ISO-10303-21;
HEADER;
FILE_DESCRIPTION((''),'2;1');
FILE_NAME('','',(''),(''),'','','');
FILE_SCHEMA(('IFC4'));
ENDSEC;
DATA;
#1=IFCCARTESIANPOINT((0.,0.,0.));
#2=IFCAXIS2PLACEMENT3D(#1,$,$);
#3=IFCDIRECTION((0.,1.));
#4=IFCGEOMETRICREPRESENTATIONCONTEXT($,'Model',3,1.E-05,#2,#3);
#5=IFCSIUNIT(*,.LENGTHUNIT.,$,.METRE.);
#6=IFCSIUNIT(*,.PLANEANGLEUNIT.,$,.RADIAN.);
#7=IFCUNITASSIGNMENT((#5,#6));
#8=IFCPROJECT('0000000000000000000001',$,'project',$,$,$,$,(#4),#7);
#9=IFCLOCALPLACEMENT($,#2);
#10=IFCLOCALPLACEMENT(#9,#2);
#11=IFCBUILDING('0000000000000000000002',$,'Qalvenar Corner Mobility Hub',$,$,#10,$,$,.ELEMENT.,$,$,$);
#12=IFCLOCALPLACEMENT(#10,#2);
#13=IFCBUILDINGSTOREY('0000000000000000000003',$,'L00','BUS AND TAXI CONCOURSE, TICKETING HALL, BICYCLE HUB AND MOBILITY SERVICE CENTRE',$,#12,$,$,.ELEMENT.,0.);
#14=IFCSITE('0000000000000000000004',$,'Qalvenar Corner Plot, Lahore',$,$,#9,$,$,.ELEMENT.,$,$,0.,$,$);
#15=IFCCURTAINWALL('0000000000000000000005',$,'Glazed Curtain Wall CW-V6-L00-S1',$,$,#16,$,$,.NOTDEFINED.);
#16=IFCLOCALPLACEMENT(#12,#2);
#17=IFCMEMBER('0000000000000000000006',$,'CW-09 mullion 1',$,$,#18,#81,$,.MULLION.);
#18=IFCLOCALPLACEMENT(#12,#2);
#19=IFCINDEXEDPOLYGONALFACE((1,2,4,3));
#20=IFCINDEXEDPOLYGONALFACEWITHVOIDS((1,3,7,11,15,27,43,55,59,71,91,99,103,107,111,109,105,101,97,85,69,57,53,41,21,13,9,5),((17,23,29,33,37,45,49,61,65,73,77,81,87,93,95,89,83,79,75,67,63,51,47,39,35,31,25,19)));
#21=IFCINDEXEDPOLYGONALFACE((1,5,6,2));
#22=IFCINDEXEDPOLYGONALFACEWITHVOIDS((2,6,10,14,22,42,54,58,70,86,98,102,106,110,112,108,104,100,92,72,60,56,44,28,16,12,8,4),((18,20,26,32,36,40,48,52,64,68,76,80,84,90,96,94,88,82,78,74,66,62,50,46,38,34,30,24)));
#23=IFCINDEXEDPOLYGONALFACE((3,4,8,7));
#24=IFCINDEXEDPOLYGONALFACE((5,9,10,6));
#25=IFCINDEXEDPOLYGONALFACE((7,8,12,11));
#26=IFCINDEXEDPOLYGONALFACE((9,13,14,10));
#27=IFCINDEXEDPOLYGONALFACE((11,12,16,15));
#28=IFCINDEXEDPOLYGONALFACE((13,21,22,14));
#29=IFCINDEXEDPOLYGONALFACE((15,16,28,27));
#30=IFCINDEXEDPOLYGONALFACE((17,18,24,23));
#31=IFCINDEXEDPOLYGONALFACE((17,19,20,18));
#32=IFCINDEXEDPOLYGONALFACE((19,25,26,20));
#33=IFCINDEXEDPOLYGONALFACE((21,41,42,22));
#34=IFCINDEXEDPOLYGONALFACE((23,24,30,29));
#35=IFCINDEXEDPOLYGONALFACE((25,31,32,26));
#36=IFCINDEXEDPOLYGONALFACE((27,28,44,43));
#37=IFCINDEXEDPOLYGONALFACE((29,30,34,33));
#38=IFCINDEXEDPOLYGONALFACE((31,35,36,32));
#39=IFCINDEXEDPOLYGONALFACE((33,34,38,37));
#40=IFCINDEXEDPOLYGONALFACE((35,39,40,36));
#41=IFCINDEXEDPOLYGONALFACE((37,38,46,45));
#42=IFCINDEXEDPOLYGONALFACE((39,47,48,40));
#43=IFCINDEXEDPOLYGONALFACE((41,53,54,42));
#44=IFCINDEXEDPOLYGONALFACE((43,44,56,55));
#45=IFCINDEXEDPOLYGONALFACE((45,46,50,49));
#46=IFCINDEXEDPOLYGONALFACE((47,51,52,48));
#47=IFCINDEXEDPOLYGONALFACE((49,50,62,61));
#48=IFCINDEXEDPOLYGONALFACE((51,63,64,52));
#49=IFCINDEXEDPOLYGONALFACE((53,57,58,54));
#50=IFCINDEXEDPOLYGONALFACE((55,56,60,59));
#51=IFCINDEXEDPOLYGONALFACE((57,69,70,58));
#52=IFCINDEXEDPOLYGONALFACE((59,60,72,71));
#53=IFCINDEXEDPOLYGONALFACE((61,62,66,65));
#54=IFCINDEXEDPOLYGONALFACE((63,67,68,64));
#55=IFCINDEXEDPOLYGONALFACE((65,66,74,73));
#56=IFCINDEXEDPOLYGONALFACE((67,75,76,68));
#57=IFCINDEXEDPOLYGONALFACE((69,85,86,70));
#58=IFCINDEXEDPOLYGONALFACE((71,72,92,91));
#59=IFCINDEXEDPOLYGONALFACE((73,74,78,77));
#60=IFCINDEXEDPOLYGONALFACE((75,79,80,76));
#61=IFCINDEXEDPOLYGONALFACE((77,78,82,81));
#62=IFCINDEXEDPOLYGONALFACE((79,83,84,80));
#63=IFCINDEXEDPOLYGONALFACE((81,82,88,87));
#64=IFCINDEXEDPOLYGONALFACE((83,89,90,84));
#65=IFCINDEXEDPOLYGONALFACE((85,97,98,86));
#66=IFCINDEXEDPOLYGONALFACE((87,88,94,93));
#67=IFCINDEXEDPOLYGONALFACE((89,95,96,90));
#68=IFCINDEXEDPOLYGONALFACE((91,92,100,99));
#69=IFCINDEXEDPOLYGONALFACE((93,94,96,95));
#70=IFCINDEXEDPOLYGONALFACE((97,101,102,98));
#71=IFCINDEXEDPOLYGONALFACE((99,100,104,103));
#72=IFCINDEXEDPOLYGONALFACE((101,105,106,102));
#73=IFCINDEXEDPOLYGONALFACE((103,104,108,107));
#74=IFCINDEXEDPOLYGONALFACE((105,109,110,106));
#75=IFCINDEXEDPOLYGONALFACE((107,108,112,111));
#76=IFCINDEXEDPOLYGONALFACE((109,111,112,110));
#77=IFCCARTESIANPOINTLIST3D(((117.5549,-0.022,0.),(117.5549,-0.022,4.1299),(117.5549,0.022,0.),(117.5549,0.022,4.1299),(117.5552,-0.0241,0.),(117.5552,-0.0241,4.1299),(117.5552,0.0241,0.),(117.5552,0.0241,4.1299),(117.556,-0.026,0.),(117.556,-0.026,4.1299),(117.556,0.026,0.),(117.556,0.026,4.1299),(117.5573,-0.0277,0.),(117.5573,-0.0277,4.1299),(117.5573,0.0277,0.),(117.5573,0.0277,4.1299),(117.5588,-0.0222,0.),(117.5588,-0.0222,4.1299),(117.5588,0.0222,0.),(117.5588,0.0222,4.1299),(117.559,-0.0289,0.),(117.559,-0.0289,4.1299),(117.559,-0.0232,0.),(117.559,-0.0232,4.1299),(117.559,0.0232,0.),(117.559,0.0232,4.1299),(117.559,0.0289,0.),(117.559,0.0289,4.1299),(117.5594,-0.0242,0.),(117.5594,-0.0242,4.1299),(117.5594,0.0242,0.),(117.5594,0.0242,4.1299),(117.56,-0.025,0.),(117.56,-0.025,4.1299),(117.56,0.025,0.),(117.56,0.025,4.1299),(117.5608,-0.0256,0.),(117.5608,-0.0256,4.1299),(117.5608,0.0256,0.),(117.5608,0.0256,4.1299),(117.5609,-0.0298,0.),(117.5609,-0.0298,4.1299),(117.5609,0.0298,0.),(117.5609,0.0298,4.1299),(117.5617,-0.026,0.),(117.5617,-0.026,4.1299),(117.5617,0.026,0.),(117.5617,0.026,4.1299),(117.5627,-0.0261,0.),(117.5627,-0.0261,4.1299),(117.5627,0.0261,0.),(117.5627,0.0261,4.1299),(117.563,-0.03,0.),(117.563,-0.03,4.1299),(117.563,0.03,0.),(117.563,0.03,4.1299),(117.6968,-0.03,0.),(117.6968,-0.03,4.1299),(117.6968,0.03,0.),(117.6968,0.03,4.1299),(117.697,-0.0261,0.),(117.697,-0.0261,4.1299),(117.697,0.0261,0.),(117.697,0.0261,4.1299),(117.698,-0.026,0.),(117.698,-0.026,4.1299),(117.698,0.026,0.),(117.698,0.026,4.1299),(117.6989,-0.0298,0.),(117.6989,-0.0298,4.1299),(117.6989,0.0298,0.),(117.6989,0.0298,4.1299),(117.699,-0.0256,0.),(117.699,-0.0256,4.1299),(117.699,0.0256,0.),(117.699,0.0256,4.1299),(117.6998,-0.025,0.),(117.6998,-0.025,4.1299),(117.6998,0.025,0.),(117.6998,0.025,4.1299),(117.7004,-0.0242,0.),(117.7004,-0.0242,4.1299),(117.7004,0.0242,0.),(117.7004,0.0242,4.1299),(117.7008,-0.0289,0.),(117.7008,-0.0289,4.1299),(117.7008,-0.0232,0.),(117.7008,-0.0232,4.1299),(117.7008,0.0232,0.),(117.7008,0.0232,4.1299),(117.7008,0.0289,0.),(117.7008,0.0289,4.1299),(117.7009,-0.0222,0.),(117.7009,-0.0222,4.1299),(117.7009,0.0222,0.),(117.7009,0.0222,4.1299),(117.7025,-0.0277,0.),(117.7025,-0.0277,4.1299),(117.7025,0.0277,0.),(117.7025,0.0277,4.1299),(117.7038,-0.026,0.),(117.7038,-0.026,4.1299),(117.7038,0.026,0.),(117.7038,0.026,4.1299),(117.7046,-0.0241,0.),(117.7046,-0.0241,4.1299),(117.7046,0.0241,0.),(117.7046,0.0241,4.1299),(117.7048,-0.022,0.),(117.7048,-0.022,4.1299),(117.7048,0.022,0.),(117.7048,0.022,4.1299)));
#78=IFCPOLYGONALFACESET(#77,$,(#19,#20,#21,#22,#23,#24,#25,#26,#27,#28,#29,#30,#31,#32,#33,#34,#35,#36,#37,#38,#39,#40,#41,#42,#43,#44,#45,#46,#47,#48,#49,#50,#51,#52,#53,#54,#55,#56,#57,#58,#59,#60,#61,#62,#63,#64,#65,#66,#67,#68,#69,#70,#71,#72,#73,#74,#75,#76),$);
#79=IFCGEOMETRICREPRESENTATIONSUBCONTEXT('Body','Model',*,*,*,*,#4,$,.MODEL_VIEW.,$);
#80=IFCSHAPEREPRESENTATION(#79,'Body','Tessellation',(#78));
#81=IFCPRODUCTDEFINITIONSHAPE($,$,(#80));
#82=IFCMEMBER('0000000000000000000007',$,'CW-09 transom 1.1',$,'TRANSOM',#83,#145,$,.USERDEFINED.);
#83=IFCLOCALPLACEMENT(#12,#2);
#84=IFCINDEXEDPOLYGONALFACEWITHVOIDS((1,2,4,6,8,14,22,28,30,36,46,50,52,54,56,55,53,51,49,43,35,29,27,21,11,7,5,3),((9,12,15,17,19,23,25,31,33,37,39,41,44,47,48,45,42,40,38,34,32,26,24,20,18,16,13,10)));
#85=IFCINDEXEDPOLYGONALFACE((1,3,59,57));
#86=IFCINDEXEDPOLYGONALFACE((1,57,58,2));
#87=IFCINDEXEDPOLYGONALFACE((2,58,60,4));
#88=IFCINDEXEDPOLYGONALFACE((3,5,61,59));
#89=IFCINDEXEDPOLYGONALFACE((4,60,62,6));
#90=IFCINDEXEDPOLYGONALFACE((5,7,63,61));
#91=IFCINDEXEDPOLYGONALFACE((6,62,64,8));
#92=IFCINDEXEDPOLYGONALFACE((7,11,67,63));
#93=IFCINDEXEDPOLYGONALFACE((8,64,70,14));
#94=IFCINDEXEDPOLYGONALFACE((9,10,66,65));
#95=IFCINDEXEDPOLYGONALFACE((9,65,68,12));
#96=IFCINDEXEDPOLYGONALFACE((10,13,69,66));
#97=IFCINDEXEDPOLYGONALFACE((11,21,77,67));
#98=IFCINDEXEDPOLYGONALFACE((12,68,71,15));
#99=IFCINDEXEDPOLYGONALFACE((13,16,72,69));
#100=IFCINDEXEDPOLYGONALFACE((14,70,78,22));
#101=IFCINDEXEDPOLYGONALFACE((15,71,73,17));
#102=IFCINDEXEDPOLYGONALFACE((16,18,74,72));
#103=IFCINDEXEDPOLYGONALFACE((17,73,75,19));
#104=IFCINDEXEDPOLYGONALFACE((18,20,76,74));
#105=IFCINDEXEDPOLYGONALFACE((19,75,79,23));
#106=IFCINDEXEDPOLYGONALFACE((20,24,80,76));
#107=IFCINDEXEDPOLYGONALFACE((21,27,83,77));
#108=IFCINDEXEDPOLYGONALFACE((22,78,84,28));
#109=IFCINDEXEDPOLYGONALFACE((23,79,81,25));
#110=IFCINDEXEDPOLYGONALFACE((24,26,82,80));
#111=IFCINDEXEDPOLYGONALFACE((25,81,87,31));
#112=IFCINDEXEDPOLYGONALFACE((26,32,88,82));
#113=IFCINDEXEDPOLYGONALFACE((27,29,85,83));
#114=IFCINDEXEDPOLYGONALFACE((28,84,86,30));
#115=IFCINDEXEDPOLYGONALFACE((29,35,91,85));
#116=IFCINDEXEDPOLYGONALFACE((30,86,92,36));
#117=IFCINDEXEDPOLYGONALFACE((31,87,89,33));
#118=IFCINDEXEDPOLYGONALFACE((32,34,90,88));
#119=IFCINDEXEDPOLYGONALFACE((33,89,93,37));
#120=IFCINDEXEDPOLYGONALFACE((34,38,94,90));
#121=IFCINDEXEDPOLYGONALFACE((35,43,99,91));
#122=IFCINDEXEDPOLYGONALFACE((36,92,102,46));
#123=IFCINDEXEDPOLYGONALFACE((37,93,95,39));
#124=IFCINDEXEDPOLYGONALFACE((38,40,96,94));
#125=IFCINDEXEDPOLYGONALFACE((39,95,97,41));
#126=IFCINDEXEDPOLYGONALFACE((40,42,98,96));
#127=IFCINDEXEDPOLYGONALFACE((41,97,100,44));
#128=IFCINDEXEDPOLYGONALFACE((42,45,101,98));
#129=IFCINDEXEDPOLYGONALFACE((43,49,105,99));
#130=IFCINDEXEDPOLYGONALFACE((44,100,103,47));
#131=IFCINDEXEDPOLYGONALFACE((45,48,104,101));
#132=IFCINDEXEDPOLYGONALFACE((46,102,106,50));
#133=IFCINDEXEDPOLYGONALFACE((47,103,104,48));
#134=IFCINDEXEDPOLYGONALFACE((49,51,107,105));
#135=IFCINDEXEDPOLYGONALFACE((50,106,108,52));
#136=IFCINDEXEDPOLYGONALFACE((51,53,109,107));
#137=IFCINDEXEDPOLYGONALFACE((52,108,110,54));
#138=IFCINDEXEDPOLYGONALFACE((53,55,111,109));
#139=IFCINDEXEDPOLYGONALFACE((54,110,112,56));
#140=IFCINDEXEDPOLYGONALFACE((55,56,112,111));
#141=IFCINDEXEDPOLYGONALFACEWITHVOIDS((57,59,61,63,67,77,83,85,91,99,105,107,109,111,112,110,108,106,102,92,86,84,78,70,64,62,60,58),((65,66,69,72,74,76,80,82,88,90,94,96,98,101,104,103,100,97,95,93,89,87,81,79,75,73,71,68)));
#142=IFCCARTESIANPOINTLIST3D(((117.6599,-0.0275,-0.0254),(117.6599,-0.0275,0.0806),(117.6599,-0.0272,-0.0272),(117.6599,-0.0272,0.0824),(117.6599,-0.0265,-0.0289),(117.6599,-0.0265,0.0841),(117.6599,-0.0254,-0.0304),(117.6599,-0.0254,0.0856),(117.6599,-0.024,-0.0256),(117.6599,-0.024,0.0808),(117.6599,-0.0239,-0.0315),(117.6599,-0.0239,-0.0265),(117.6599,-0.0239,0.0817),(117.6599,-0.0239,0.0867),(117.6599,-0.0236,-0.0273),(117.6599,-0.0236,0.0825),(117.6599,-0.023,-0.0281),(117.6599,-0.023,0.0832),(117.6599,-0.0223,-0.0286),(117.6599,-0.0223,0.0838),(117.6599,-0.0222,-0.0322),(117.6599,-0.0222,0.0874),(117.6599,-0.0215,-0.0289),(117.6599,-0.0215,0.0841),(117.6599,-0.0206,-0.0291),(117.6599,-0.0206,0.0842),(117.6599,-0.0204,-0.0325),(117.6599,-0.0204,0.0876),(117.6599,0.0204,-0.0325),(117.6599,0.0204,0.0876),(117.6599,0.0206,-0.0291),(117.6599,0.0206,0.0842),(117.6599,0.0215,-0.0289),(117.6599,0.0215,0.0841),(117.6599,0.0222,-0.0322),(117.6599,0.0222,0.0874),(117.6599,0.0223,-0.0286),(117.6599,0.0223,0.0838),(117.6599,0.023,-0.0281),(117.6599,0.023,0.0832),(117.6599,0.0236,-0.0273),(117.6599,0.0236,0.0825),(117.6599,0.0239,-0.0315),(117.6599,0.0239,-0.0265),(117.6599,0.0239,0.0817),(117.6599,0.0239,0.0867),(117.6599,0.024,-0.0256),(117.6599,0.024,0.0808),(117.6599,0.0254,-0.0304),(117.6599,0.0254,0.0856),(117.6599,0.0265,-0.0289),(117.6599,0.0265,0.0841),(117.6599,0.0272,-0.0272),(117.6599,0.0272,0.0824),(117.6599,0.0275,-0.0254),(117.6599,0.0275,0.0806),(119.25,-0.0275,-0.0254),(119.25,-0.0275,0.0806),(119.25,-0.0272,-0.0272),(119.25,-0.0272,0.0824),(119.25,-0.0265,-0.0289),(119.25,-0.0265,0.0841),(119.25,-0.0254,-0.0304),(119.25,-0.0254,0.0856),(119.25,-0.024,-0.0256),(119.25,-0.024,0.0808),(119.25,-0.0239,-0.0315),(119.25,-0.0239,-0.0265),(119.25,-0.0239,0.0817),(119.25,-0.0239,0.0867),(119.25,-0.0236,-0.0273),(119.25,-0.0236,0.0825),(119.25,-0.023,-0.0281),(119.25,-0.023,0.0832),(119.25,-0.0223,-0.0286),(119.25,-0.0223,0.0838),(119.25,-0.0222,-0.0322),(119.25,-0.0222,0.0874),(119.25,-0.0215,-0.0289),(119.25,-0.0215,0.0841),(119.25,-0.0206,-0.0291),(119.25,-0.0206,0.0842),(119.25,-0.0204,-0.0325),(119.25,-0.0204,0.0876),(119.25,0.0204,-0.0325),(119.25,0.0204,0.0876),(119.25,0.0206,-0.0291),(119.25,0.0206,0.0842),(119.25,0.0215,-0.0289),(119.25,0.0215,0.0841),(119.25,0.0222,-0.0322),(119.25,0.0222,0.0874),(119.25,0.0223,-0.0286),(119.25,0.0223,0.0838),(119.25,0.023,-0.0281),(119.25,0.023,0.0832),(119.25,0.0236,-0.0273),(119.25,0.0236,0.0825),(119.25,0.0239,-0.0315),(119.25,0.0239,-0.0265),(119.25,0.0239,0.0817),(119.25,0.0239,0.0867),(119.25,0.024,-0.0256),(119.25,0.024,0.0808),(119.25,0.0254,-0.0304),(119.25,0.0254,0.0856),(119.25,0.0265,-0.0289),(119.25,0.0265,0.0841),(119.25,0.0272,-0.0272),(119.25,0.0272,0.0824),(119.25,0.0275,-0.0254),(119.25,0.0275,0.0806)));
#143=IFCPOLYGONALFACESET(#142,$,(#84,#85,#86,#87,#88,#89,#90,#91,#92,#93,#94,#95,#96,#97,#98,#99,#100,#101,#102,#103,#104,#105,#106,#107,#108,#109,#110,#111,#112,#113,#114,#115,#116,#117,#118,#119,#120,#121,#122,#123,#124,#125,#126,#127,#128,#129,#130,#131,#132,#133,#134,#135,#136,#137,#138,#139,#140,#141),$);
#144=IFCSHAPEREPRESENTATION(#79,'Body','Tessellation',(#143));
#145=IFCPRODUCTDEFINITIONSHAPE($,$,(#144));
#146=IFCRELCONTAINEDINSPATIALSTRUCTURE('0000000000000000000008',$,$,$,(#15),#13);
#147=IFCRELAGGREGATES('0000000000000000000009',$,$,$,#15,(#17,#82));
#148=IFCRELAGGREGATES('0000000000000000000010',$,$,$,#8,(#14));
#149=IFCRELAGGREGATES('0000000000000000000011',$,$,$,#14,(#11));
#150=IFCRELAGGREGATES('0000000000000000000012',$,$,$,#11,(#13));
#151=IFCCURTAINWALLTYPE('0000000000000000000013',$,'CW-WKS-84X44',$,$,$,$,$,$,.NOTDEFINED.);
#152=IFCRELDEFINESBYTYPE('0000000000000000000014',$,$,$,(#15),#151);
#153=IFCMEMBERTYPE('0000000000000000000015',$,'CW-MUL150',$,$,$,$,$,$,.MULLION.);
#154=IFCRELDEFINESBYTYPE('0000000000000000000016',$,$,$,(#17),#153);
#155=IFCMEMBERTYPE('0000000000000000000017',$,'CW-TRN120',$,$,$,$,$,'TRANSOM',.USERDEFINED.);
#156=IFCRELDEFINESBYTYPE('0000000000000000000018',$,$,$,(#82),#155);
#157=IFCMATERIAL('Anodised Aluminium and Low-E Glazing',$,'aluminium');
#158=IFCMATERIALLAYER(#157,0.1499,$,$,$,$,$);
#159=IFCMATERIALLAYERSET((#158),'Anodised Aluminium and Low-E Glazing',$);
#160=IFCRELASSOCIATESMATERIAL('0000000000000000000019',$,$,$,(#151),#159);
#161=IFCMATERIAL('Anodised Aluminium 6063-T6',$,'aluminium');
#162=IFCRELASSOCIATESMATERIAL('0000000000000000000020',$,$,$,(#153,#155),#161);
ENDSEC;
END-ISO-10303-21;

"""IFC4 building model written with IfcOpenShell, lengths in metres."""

from ifc_helpers import new_model, si_unit, direction, frame, origin, origin_2d, place, context, subcontext, project, spatial, hollow_rectangle, extrude, material, layer, layer_set, material_profile, profile_set, type_object, element, aggregate, save


model = new_model("IFC4")

# Units and contexts
model_context = context("Model", 3, precision=1e-05, world=origin(), true_north=direction((0.0, 1.0)))
body_context = subcontext(model_context, "Body", "Model", "MODEL_VIEW")
ifc_project = project(units=[si_unit("LENGTHUNIT", "METRE"), si_unit("PLANEANGLEUNIT", "RADIAN")], contexts=[model_context])

# Site, building, storey
site_placement = place(None, origin())
site = spatial("IfcSite", under=ifc_project, at=site_placement, Name="Qalvenar Corner Plot, Lahore", CompositionType="ELEMENT", RefElevation=0.0)
building_placement = place(site_placement, origin())
building = spatial("IfcBuilding", under=site, at=building_placement, Name="Qalvenar Corner Mobility Hub", CompositionType="ELEMENT")
storey_placement = place(building_placement, origin())
storey = spatial("IfcBuildingStorey", under=building, at=storey_placement, Name="L00", Description="BUS AND TAXI CONCOURSE, TICKETING HALL, BICYCLE HUB AND MOBILITY SERVICE CENTRE", CompositionType="ELEMENT", Elevation=0.0)

# Curtain wall, members
ifc_material_1 = material(Name="Anodised Aluminium and Low-E Glazing", Category="aluminium")
ifc_layer_1 = layer(ifc_material_1, 0.1499)
ifc_layer_set_1 = layer_set([ifc_layer_1], Name="Anodised Aluminium and Low-E Glazing")
curtain_wall_type = type_object("IfcCurtainWallType", Name="CW-WKS-84X44", PredefinedType="NOTDEFINED", material=ifc_layer_set_1)
curtain_wall_placement = place(storey_placement, origin())
curtain_wall = element("IfcCurtainWall", 1, at=curtain_wall_placement, inside=storey, type_object=curtain_wall_type, Name="Glazed Curtain Wall CW-V6-L00-S1", PredefinedType="NOTDEFINED")
ifc_material_2 = material(Name="Anodised Aluminium 6063-T6", Category="aluminium")
ifc_material_profile_1 = material_profile(ifc_material_2, hollow_rectangle(XDim=0.0601, YDim=0.1499, WallThickness=0.0039, InnerFilletRadius=0.0039, OuterFilletRadius=0.0081, at=origin_2d()), Name="RHS150x60x4")
ifc_profile_set_1 = profile_set([ifc_material_profile_1], Name="Anodised Aluminium 6063-T6")
member_type_1 = type_object("IfcMemberType", Name="CW-MUL150", PredefinedType="MULLION", material=ifc_profile_set_1)
member_1_placement = place(storey_placement, frame((117.6299, 0.0, 0.0), z_axis=(0.0, 0.0, 1.0), x_axis=(0.0, 1.0, 0.0)))
member_1 = element("IfcMember", 2, at=member_1_placement, type_object=member_type_1, Name="CW-09 mullion 1", PredefinedType="MULLION", context=body_context, shape_type="SweptSolid", body=[
    extrude(hollow_rectangle(XDim=0.0601, YDim=0.1499, WallThickness=0.0039, InnerFilletRadius=0.0039, OuterFilletRadius=0.0081, at=origin_2d()), origin(), (0.0, 0.0, 1.0), 4.1299),
])
ifc_material_profile_2 = material_profile(ifc_material_2, hollow_rectangle(XDim=0.0549, YDim=0.1201, WallThickness=0.0034, InnerFilletRadius=0.0034, OuterFilletRadius=0.0071, at=origin_2d()), Name="RHS120x55x3.5")
ifc_profile_set_2 = profile_set([ifc_material_profile_2], Name="Anodised Aluminium 6063-T6")
member_type_2 = type_object("IfcMemberType", Name="CW-TRN120", ElementType="TRANSOM", PredefinedType="USERDEFINED", material=ifc_profile_set_2)
member_2_placement = place(storey_placement, frame((117.6599, 0.0, 0.0276), z_axis=(1.0, 0.0, 0.0), x_axis=(0.0, 1.0, 0.0)))
member_2 = element("IfcMember", 3, at=member_2_placement, type_object=member_type_2, Name="CW-09 transom 1.1", ObjectType="TRANSOM", PredefinedType="USERDEFINED", context=body_context, shape_type="SweptSolid", body=[
    extrude(hollow_rectangle(XDim=0.0549, YDim=0.1201, WallThickness=0.0034, InnerFilletRadius=0.0034, OuterFilletRadius=0.0071, at=origin_2d()), origin(), (0.0, 0.0, 1.0), 1.5901),
])
aggregate(curtain_wall, [member_1, member_2])

save(model, "model.ifc")
